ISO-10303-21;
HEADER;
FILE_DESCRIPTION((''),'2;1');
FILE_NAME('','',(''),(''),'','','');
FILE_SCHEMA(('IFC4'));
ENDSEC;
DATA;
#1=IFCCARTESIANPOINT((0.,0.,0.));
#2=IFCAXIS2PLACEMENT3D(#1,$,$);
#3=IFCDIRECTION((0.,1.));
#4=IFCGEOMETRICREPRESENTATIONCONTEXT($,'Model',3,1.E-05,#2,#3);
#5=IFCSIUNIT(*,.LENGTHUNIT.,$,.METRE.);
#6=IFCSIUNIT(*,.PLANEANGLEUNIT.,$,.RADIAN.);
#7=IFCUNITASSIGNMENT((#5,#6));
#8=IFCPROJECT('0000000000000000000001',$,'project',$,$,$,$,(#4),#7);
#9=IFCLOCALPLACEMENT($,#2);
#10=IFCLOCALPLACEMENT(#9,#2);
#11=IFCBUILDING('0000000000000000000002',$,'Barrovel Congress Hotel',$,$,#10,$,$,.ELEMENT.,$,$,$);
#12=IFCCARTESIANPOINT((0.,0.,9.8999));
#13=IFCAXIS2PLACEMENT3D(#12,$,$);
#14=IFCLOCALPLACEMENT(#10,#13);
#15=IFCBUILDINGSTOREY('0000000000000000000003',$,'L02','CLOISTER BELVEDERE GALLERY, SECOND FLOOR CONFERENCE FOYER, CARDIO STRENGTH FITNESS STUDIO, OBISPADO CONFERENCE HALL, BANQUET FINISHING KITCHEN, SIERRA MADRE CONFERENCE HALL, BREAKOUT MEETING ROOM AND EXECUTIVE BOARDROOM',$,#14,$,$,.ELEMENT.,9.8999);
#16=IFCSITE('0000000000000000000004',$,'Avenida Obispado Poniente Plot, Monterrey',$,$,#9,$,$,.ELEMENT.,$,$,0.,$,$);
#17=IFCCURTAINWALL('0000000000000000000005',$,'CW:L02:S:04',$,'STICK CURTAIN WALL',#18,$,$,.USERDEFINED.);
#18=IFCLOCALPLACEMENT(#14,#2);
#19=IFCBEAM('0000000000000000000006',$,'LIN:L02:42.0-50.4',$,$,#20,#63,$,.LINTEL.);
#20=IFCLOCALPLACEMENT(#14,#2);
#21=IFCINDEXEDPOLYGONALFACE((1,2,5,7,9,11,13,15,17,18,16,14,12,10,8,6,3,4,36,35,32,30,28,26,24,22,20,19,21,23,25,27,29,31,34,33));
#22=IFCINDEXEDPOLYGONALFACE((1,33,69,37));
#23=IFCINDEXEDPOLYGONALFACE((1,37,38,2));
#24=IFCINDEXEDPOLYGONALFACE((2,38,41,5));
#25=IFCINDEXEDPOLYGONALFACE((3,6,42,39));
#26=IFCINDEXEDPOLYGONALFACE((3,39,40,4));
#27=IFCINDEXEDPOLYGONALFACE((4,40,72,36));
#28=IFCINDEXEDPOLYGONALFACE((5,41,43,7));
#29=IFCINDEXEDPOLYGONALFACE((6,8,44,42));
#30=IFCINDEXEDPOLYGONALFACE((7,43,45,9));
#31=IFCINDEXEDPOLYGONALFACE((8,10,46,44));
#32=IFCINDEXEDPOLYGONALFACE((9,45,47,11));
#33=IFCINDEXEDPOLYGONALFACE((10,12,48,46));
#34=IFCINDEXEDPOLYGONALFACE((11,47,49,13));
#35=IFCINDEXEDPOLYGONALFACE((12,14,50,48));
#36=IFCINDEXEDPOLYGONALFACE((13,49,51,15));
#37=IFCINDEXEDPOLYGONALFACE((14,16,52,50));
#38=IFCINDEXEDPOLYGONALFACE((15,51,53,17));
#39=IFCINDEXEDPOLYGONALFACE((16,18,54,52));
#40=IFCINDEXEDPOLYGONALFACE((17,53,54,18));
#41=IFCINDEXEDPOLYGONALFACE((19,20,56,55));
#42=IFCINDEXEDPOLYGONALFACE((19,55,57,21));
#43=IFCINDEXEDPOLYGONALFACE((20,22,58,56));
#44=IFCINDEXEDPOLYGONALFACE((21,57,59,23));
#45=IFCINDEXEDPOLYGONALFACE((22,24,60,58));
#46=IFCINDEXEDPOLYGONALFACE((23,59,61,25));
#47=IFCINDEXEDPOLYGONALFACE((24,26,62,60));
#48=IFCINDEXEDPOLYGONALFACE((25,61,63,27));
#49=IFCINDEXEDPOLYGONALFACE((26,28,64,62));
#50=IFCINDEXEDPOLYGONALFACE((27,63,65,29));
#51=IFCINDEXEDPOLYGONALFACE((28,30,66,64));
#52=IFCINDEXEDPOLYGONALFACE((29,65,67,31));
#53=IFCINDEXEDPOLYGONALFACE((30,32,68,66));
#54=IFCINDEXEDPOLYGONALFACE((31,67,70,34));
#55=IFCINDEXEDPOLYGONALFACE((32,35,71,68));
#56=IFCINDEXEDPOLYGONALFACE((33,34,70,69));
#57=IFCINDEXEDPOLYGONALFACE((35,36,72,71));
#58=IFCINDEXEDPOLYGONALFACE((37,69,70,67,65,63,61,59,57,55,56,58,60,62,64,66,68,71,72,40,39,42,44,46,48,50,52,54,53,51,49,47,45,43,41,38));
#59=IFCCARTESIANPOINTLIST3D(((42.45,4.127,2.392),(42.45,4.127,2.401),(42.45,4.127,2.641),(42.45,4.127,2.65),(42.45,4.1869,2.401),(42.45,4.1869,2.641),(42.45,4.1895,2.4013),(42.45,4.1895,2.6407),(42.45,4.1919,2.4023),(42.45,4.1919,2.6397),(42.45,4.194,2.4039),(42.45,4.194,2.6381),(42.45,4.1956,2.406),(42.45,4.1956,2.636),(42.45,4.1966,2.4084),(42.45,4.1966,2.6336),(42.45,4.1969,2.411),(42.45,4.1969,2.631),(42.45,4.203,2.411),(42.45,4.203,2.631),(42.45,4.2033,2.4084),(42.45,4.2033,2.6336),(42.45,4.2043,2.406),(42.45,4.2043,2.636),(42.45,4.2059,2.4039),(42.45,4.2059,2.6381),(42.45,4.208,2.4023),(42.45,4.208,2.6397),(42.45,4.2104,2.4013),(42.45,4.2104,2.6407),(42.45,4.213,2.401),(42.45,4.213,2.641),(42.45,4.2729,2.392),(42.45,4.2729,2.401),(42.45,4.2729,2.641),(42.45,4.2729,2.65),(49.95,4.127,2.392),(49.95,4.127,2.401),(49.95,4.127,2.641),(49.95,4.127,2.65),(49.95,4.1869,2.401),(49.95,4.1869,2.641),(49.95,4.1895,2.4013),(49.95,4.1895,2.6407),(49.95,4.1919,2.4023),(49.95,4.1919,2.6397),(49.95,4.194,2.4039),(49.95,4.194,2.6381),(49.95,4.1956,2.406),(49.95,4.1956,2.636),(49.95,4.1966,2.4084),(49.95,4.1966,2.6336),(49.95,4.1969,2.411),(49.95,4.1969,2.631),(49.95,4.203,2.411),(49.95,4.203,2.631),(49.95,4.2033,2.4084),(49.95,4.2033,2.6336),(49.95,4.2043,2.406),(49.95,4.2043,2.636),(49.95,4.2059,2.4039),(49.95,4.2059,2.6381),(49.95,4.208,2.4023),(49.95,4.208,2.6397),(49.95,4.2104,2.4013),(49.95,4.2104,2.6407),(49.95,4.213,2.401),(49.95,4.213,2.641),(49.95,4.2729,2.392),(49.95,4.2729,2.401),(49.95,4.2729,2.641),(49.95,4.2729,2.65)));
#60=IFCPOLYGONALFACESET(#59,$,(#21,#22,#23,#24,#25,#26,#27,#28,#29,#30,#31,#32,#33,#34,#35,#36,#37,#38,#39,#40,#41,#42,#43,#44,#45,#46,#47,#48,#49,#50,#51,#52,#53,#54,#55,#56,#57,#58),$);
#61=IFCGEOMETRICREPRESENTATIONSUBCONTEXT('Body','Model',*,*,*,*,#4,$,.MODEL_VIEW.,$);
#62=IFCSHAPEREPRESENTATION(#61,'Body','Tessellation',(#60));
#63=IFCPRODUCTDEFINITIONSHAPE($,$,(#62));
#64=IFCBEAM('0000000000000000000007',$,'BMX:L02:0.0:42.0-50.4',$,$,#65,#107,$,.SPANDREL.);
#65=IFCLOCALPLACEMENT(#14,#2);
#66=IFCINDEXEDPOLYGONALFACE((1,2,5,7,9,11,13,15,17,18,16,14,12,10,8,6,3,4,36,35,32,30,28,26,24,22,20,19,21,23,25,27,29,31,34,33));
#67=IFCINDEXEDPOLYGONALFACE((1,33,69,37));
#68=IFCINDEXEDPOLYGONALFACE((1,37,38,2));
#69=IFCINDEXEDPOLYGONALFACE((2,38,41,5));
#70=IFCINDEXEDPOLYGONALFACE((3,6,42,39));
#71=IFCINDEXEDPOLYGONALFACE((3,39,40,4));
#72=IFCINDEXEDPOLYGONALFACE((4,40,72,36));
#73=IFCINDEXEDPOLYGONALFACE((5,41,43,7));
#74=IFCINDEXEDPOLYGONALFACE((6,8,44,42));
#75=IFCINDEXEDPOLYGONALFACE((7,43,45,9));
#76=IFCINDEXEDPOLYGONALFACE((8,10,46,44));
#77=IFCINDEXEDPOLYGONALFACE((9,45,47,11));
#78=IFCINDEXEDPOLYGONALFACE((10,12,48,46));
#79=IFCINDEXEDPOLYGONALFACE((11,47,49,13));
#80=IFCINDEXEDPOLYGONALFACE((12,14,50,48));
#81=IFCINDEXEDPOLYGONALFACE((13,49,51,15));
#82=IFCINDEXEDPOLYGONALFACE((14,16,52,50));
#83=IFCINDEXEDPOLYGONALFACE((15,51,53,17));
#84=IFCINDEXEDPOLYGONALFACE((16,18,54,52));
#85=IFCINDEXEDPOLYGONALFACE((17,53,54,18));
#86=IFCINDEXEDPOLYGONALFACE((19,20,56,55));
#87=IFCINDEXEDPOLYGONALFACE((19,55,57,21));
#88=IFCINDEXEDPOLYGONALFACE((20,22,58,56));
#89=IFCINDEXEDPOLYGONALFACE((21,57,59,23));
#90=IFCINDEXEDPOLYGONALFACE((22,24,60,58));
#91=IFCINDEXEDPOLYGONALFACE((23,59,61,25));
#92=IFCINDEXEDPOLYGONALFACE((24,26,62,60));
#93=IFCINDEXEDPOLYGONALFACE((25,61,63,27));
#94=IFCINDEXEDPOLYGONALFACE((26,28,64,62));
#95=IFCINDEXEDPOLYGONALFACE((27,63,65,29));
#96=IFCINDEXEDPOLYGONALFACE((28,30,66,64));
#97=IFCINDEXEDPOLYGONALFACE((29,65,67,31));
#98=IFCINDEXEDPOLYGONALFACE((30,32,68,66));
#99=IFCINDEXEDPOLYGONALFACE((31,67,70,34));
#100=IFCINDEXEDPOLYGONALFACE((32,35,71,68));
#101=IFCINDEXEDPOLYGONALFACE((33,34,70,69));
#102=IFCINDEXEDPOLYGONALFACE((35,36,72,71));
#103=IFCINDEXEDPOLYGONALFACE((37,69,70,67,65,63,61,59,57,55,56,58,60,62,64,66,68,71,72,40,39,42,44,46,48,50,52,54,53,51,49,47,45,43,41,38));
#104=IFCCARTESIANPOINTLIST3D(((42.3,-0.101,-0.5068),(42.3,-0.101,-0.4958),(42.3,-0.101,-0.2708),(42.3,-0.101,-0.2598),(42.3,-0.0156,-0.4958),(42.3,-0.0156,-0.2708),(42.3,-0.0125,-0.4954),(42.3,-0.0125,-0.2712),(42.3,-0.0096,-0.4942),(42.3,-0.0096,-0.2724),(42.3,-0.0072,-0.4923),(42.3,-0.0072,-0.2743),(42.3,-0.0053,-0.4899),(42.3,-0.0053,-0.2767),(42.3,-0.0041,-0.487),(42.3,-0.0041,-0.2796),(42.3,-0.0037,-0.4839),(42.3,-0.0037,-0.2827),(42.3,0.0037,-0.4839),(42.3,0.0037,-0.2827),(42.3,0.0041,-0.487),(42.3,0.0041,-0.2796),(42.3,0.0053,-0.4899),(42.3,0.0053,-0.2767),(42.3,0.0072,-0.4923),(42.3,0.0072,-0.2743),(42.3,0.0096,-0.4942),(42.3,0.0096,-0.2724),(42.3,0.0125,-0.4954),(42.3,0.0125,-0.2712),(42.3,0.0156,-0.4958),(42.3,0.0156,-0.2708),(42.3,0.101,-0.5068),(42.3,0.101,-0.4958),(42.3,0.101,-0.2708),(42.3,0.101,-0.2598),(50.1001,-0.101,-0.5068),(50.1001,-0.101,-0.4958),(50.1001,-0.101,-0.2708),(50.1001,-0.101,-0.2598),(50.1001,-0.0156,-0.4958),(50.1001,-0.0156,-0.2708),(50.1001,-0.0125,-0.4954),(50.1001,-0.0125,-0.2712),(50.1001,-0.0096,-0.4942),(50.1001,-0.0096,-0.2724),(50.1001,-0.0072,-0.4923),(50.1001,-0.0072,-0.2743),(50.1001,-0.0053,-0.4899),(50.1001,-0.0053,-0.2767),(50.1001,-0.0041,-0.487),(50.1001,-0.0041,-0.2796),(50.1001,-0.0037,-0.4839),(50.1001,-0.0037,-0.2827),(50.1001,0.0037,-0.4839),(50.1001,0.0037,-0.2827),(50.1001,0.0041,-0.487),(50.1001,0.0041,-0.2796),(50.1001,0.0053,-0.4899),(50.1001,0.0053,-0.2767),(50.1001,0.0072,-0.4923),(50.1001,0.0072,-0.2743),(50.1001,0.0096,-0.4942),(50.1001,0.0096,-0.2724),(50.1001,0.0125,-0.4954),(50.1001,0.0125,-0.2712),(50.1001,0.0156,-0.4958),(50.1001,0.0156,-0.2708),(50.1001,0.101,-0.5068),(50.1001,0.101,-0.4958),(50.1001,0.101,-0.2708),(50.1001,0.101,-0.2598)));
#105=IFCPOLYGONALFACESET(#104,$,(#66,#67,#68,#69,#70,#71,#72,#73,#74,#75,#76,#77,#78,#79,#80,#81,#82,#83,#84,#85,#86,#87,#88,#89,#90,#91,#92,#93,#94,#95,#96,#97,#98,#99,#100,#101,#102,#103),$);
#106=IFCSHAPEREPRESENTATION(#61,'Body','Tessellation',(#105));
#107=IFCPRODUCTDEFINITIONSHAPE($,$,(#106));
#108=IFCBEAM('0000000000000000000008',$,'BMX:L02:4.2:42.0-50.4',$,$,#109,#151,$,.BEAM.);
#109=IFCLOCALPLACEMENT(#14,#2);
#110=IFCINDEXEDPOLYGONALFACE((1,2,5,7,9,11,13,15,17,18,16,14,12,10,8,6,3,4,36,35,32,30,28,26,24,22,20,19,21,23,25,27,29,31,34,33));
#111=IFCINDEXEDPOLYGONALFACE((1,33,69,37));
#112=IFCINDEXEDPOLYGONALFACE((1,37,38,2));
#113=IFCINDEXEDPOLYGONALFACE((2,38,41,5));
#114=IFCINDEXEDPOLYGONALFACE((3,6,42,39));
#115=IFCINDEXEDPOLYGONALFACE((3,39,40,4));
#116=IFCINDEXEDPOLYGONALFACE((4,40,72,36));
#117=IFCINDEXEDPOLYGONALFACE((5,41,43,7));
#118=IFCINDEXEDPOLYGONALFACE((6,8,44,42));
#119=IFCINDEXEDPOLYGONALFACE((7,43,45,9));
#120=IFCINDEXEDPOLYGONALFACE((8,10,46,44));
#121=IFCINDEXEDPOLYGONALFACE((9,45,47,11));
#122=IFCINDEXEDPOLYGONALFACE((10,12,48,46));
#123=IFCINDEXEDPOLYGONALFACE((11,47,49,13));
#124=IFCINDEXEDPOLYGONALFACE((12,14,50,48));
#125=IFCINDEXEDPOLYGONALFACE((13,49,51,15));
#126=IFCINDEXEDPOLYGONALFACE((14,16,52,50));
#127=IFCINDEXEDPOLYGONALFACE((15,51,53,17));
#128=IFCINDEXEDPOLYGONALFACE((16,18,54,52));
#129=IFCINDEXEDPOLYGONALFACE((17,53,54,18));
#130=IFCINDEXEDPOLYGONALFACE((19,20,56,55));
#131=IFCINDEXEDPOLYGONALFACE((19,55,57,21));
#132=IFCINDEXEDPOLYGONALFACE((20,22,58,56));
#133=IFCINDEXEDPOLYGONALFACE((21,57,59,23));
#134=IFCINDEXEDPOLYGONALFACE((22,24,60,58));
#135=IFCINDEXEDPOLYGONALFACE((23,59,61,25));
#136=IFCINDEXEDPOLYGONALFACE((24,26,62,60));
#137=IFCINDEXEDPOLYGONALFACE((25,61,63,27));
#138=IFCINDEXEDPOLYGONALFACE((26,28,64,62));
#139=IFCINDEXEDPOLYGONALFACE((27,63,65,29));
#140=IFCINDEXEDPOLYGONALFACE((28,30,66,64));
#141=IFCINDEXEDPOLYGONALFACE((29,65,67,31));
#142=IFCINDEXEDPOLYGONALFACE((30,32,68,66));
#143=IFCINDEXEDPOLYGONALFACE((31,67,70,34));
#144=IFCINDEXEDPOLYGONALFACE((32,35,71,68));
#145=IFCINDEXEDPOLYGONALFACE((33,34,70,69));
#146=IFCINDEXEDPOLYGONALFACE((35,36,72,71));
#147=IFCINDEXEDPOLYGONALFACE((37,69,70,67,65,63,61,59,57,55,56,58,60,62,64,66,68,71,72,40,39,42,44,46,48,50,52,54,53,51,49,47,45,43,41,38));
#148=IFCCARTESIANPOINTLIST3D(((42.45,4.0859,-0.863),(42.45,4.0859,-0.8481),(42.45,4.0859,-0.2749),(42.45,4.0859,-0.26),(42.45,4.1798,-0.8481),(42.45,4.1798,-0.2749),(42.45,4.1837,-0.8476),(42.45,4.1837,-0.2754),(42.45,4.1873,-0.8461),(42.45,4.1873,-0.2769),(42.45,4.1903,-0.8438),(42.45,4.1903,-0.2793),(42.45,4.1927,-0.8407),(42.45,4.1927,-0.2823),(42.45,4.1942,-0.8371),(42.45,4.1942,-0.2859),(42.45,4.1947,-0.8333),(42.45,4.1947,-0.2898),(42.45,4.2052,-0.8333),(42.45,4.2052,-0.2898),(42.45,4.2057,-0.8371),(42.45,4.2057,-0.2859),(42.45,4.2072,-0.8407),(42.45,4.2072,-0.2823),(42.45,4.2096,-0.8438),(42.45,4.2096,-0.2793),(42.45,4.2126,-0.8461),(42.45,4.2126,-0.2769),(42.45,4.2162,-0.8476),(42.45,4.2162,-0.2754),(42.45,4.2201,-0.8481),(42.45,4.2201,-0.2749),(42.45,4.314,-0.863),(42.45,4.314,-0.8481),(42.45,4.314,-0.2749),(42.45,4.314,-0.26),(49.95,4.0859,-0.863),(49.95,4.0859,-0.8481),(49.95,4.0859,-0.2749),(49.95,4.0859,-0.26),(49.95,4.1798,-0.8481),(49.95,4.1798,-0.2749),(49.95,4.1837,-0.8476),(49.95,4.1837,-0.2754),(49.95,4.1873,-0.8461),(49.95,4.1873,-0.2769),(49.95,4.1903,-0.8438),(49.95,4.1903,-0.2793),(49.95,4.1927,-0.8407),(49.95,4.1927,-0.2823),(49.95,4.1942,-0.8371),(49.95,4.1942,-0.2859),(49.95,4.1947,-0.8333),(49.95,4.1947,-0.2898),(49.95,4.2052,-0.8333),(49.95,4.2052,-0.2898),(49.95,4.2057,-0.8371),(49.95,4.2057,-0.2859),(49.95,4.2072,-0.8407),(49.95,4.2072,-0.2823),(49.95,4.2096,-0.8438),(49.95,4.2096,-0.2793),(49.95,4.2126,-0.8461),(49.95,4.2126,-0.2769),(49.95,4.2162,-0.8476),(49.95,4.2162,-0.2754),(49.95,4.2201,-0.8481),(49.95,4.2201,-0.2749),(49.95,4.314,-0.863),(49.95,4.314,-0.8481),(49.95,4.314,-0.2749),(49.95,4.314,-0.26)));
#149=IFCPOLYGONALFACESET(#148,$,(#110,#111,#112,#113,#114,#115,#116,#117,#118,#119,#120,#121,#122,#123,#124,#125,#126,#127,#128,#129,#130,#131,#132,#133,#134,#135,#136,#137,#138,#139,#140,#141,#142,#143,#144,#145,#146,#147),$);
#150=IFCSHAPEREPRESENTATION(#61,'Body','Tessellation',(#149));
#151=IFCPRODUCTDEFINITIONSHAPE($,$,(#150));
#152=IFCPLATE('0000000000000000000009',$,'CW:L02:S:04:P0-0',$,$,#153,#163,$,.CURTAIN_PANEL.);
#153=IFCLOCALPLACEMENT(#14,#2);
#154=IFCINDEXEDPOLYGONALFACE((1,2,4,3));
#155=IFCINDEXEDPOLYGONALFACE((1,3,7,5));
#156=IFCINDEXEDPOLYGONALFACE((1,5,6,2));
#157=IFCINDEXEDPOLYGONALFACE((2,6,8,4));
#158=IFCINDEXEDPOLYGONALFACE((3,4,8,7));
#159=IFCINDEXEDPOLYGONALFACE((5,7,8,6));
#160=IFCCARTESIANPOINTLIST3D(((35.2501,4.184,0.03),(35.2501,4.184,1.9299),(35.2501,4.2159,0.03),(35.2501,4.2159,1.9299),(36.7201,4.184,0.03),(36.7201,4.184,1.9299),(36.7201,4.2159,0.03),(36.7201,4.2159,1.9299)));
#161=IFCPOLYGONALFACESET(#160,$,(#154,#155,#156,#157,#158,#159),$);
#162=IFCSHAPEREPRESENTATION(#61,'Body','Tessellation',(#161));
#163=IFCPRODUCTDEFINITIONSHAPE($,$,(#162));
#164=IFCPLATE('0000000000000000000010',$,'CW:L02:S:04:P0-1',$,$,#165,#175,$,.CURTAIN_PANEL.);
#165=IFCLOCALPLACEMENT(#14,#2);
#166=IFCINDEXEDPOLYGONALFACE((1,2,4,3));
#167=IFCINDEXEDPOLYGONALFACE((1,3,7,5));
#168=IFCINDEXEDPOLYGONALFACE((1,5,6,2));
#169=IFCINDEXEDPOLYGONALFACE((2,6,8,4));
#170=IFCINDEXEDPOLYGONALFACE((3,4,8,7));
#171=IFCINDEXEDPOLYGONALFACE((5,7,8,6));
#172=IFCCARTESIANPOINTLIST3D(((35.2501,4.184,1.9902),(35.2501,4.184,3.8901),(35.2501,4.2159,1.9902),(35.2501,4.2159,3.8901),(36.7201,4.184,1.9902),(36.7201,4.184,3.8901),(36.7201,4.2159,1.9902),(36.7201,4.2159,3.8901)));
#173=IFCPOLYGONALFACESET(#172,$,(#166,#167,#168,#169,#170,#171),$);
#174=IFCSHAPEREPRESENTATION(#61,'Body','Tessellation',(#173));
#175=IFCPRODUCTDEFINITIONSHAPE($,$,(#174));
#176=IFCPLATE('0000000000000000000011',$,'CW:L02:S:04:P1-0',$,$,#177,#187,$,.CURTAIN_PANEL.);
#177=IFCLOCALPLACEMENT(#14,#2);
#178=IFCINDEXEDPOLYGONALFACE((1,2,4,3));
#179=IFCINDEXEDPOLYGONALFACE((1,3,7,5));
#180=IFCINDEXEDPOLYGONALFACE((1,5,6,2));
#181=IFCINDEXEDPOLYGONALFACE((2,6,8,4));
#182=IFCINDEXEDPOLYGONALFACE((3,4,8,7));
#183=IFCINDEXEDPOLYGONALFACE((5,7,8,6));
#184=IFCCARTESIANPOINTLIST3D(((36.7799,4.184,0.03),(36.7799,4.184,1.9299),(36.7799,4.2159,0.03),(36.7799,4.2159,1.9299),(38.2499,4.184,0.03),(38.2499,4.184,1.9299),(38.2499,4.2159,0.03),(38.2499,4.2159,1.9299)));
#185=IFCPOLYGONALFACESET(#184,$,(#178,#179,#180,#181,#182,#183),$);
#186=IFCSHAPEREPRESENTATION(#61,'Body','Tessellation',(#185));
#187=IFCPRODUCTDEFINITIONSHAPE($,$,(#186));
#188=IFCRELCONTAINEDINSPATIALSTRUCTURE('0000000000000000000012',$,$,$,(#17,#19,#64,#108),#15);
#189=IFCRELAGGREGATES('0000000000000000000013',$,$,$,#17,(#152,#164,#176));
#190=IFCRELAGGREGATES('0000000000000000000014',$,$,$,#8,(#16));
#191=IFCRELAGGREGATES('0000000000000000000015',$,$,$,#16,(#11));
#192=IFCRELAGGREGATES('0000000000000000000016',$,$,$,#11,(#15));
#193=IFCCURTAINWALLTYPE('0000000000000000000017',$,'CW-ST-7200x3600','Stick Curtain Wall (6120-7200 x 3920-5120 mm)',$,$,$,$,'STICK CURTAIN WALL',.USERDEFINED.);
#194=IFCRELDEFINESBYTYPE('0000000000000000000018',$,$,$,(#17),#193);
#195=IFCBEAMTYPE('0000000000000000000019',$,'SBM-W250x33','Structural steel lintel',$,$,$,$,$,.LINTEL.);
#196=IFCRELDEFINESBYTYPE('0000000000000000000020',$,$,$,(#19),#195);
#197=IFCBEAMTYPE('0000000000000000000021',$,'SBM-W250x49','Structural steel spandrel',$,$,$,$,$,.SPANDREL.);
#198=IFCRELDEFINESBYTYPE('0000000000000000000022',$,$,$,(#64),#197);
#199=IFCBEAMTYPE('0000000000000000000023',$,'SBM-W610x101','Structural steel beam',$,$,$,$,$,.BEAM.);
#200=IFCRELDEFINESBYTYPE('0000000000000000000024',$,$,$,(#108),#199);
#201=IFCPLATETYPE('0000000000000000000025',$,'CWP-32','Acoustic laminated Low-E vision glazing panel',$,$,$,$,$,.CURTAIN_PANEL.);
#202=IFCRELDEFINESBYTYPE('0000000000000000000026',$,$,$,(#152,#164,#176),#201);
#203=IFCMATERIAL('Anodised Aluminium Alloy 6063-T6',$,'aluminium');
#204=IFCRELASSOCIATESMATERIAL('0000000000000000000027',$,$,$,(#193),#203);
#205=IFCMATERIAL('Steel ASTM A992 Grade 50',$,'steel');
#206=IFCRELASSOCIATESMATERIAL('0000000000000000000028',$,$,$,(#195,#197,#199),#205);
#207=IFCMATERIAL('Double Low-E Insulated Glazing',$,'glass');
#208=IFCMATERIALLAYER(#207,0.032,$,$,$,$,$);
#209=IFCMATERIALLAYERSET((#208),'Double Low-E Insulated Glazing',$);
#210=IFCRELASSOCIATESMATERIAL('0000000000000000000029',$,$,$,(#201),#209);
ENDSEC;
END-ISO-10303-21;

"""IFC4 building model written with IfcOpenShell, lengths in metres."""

from ifc_helpers import new_model, si_unit, direction, frame, origin, origin_2d, place, context, subcontext, project, spatial, rectangle, i_section, extrude, material, layer, layer_set, material_profile, profile_set, type_object, element, aggregate, save


model = new_model("IFC4")

# Units and contexts
model_context = context("Model", 3, precision=1e-05, world=origin(), true_north=direction((0.0, 1.0)))
body_context = subcontext(model_context, "Body", "Model", "MODEL_VIEW")
ifc_project = project(units=[si_unit("LENGTHUNIT", "METRE"), si_unit("PLANEANGLEUNIT", "RADIAN")], contexts=[model_context])

# Site, building, storey
site_placement = place(None, origin())
site = spatial("IfcSite", under=ifc_project, at=site_placement, Name="Avenida Obispado Poniente Plot, Monterrey", CompositionType="ELEMENT", RefElevation=0.0)
building_placement = place(site_placement, origin())
building = spatial("IfcBuilding", under=site, at=building_placement, Name="Barrovel Congress Hotel", CompositionType="ELEMENT")
storey_placement = place(building_placement, frame((0.0, 0.0, 9.8999)))
storey = spatial("IfcBuildingStorey", under=building, at=storey_placement, Name="L02", Description="CLOISTER BELVEDERE GALLERY, SECOND FLOOR CONFERENCE FOYER, CARDIO STRENGTH FITNESS STUDIO, OBISPADO CONFERENCE HALL, BANQUET FINISHING KITCHEN, SIERRA MADRE CONFERENCE HALL, BREAKOUT MEETING ROOM AND EXECUTIVE BOARDROOM", CompositionType="ELEMENT", Elevation=9.8999)

# Curtain wall
ifc_material_1 = material(Name="Anodised Aluminium Alloy 6063-T6", Category="aluminium")
curtain_wall_type = type_object("IfcCurtainWallType", Name="CW-ST-7200x3600", Description="Stick Curtain Wall (6120-7200 x 3920-5120 mm)", ElementType="STICK CURTAIN WALL", PredefinedType="USERDEFINED", material=ifc_material_1)
curtain_wall_placement = place(storey_placement, origin())
curtain_wall = element("IfcCurtainWall", 1, at=curtain_wall_placement, inside=storey, type_object=curtain_wall_type, Name="CW:L02:S:04", ObjectType="STICK CURTAIN WALL", PredefinedType="USERDEFINED")

# Beams
ifc_material_2 = material(Name="Steel ASTM A992 Grade 50", Category="steel")
ifc_material_profile_1 = material_profile(ifc_material_2, i_section(OverallWidth=0.146, OverallDepth=0.2581, WebThickness=0.0061, FlangeThickness=0.009, FilletRadius=0.01, at=origin_2d()), Name="W250x33")
ifc_profile_set_1 = profile_set([ifc_material_profile_1], Name="Steel ASTM A992 Grade 50")
beam_type_1 = type_object("IfcBeamType", Name="SBM-W250x33", Description="Structural steel lintel", PredefinedType="LINTEL", material=ifc_profile_set_1)
beam_1_placement = place(storey_placement, frame((42.45, 4.2, 2.521), z_axis=(1.0, 0.0, 0.0), x_axis=(0.0, 1.0, 0.0)))
element("IfcBeam", 2, at=beam_1_placement, inside=storey, type_object=beam_type_1, Name="LIN:L02:42.0-50.4", PredefinedType="LINTEL", context=body_context, shape_type="SweptSolid", body=[
    extrude(i_section(OverallWidth=0.146, OverallDepth=0.2581, WebThickness=0.0061, FlangeThickness=0.009, FilletRadius=0.01, at=origin_2d()), origin(), (0.0, 0.0, 1.0), 7.5),
])
ifc_material_profile_2 = material_profile(ifc_material_2, i_section(OverallWidth=0.2019, OverallDepth=0.2471, WebThickness=0.0073, FlangeThickness=0.011, FilletRadius=0.012, at=origin_2d()), Name="W250x49")
ifc_profile_set_2 = profile_set([ifc_material_profile_2], Name="Steel ASTM A992 Grade 50")
beam_type_2 = type_object("IfcBeamType", Name="SBM-W250x49", Description="Structural steel spandrel", PredefinedType="SPANDREL", material=ifc_profile_set_2)
beam_2_placement = place(storey_placement, frame((42.3, 0.0, -0.3833), z_axis=(1.0, 0.0, 0.0), x_axis=(0.0, 1.0, 0.0)))
element("IfcBeam", 3, at=beam_2_placement, inside=storey, type_object=beam_type_2, Name="BMX:L02:0.0:42.0-50.4", PredefinedType="SPANDREL", context=body_context, shape_type="SweptSolid", body=[
    extrude(i_section(OverallWidth=0.2019, OverallDepth=0.2471, WebThickness=0.0073, FlangeThickness=0.011, FilletRadius=0.012, at=origin_2d()), origin(), (0.0, 0.0, 1.0), 7.8),
])
ifc_material_profile_3 = material_profile(ifc_material_2, i_section(OverallWidth=0.228, OverallDepth=0.603, WebThickness=0.0105, FlangeThickness=0.0149, FilletRadius=0.0149, at=origin_2d()), Name="W610x101")
ifc_profile_set_3 = profile_set([ifc_material_profile_3], Name="Steel ASTM A992 Grade 50")
beam_type_3 = type_object("IfcBeamType", Name="SBM-W610x101", Description="Structural steel beam", PredefinedType="BEAM", material=ifc_profile_set_3)
beam_3_placement = place(storey_placement, frame((42.45, 4.2, -0.5615), z_axis=(1.0, 0.0, 0.0), x_axis=(0.0, 1.0, 0.0)))
element("IfcBeam", 4, at=beam_3_placement, inside=storey, type_object=beam_type_3, Name="BMX:L02:4.2:42.0-50.4", PredefinedType="BEAM", context=body_context, shape_type="SweptSolid", body=[
    extrude(i_section(OverallWidth=0.228, OverallDepth=0.603, WebThickness=0.0105, FlangeThickness=0.0149, FilletRadius=0.0149, at=origin_2d()), origin(), (0.0, 0.0, 1.0), 7.5),
])

# Plates
ifc_material_3 = material(Name="Double Low-E Insulated Glazing", Category="glass")
ifc_layer_1 = layer(ifc_material_3, 0.032)
ifc_layer_set_1 = layer_set([ifc_layer_1], Name="Double Low-E Insulated Glazing")
plate_type = type_object("IfcPlateType", Name="CWP-32", Description="Acoustic laminated Low-E vision glazing panel", PredefinedType="CURTAIN_PANEL", material=ifc_layer_set_1)
plate_1_placement = place(storey_placement, frame((35.9851, 4.2, 0.03), z_axis=(0.0, 0.0, 1.0), x_axis=(1.0, 0.0, 0.0)))
plate_1 = element("IfcPlate", 5, at=plate_1_placement, type_object=plate_type, Name="CW:L02:S:04:P0-0", PredefinedType="CURTAIN_PANEL", context=body_context, shape_type="SweptSolid", body=[
    extrude(rectangle(XDim=1.47, YDim=0.032, at=origin_2d()), origin(), (0.0, 0.0, 1.0), 1.8999),
])
plate_2_placement = place(storey_placement, frame((35.9851, 4.2, 1.9902), z_axis=(0.0, 0.0, 1.0), x_axis=(1.0, 0.0, 0.0)))
plate_2 = element("IfcPlate", 6, at=plate_2_placement, type_object=plate_type, Name="CW:L02:S:04:P0-1", PredefinedType="CURTAIN_PANEL", context=body_context, shape_type="SweptSolid", body=[
    extrude(rectangle(XDim=1.47, YDim=0.032, at=origin_2d()), origin(), (0.0, 0.0, 1.0), 1.8999),
])
plate_3_placement = place(storey_placement, frame((37.5149, 4.2, 0.03), z_axis=(0.0, 0.0, 1.0), x_axis=(1.0, 0.0, 0.0)))
plate_3 = element("IfcPlate", 7, at=plate_3_placement, type_object=plate_type, Name="CW:L02:S:04:P1-0", PredefinedType="CURTAIN_PANEL", context=body_context, shape_type="SweptSolid", body=[
    extrude(rectangle(XDim=1.47, YDim=0.032, at=origin_2d()), origin(), (0.0, 0.0, 1.0), 1.8999),
])
aggregate(curtain_wall, [plate_1, plate_2, plate_3])

save(model, "model.ifc")
